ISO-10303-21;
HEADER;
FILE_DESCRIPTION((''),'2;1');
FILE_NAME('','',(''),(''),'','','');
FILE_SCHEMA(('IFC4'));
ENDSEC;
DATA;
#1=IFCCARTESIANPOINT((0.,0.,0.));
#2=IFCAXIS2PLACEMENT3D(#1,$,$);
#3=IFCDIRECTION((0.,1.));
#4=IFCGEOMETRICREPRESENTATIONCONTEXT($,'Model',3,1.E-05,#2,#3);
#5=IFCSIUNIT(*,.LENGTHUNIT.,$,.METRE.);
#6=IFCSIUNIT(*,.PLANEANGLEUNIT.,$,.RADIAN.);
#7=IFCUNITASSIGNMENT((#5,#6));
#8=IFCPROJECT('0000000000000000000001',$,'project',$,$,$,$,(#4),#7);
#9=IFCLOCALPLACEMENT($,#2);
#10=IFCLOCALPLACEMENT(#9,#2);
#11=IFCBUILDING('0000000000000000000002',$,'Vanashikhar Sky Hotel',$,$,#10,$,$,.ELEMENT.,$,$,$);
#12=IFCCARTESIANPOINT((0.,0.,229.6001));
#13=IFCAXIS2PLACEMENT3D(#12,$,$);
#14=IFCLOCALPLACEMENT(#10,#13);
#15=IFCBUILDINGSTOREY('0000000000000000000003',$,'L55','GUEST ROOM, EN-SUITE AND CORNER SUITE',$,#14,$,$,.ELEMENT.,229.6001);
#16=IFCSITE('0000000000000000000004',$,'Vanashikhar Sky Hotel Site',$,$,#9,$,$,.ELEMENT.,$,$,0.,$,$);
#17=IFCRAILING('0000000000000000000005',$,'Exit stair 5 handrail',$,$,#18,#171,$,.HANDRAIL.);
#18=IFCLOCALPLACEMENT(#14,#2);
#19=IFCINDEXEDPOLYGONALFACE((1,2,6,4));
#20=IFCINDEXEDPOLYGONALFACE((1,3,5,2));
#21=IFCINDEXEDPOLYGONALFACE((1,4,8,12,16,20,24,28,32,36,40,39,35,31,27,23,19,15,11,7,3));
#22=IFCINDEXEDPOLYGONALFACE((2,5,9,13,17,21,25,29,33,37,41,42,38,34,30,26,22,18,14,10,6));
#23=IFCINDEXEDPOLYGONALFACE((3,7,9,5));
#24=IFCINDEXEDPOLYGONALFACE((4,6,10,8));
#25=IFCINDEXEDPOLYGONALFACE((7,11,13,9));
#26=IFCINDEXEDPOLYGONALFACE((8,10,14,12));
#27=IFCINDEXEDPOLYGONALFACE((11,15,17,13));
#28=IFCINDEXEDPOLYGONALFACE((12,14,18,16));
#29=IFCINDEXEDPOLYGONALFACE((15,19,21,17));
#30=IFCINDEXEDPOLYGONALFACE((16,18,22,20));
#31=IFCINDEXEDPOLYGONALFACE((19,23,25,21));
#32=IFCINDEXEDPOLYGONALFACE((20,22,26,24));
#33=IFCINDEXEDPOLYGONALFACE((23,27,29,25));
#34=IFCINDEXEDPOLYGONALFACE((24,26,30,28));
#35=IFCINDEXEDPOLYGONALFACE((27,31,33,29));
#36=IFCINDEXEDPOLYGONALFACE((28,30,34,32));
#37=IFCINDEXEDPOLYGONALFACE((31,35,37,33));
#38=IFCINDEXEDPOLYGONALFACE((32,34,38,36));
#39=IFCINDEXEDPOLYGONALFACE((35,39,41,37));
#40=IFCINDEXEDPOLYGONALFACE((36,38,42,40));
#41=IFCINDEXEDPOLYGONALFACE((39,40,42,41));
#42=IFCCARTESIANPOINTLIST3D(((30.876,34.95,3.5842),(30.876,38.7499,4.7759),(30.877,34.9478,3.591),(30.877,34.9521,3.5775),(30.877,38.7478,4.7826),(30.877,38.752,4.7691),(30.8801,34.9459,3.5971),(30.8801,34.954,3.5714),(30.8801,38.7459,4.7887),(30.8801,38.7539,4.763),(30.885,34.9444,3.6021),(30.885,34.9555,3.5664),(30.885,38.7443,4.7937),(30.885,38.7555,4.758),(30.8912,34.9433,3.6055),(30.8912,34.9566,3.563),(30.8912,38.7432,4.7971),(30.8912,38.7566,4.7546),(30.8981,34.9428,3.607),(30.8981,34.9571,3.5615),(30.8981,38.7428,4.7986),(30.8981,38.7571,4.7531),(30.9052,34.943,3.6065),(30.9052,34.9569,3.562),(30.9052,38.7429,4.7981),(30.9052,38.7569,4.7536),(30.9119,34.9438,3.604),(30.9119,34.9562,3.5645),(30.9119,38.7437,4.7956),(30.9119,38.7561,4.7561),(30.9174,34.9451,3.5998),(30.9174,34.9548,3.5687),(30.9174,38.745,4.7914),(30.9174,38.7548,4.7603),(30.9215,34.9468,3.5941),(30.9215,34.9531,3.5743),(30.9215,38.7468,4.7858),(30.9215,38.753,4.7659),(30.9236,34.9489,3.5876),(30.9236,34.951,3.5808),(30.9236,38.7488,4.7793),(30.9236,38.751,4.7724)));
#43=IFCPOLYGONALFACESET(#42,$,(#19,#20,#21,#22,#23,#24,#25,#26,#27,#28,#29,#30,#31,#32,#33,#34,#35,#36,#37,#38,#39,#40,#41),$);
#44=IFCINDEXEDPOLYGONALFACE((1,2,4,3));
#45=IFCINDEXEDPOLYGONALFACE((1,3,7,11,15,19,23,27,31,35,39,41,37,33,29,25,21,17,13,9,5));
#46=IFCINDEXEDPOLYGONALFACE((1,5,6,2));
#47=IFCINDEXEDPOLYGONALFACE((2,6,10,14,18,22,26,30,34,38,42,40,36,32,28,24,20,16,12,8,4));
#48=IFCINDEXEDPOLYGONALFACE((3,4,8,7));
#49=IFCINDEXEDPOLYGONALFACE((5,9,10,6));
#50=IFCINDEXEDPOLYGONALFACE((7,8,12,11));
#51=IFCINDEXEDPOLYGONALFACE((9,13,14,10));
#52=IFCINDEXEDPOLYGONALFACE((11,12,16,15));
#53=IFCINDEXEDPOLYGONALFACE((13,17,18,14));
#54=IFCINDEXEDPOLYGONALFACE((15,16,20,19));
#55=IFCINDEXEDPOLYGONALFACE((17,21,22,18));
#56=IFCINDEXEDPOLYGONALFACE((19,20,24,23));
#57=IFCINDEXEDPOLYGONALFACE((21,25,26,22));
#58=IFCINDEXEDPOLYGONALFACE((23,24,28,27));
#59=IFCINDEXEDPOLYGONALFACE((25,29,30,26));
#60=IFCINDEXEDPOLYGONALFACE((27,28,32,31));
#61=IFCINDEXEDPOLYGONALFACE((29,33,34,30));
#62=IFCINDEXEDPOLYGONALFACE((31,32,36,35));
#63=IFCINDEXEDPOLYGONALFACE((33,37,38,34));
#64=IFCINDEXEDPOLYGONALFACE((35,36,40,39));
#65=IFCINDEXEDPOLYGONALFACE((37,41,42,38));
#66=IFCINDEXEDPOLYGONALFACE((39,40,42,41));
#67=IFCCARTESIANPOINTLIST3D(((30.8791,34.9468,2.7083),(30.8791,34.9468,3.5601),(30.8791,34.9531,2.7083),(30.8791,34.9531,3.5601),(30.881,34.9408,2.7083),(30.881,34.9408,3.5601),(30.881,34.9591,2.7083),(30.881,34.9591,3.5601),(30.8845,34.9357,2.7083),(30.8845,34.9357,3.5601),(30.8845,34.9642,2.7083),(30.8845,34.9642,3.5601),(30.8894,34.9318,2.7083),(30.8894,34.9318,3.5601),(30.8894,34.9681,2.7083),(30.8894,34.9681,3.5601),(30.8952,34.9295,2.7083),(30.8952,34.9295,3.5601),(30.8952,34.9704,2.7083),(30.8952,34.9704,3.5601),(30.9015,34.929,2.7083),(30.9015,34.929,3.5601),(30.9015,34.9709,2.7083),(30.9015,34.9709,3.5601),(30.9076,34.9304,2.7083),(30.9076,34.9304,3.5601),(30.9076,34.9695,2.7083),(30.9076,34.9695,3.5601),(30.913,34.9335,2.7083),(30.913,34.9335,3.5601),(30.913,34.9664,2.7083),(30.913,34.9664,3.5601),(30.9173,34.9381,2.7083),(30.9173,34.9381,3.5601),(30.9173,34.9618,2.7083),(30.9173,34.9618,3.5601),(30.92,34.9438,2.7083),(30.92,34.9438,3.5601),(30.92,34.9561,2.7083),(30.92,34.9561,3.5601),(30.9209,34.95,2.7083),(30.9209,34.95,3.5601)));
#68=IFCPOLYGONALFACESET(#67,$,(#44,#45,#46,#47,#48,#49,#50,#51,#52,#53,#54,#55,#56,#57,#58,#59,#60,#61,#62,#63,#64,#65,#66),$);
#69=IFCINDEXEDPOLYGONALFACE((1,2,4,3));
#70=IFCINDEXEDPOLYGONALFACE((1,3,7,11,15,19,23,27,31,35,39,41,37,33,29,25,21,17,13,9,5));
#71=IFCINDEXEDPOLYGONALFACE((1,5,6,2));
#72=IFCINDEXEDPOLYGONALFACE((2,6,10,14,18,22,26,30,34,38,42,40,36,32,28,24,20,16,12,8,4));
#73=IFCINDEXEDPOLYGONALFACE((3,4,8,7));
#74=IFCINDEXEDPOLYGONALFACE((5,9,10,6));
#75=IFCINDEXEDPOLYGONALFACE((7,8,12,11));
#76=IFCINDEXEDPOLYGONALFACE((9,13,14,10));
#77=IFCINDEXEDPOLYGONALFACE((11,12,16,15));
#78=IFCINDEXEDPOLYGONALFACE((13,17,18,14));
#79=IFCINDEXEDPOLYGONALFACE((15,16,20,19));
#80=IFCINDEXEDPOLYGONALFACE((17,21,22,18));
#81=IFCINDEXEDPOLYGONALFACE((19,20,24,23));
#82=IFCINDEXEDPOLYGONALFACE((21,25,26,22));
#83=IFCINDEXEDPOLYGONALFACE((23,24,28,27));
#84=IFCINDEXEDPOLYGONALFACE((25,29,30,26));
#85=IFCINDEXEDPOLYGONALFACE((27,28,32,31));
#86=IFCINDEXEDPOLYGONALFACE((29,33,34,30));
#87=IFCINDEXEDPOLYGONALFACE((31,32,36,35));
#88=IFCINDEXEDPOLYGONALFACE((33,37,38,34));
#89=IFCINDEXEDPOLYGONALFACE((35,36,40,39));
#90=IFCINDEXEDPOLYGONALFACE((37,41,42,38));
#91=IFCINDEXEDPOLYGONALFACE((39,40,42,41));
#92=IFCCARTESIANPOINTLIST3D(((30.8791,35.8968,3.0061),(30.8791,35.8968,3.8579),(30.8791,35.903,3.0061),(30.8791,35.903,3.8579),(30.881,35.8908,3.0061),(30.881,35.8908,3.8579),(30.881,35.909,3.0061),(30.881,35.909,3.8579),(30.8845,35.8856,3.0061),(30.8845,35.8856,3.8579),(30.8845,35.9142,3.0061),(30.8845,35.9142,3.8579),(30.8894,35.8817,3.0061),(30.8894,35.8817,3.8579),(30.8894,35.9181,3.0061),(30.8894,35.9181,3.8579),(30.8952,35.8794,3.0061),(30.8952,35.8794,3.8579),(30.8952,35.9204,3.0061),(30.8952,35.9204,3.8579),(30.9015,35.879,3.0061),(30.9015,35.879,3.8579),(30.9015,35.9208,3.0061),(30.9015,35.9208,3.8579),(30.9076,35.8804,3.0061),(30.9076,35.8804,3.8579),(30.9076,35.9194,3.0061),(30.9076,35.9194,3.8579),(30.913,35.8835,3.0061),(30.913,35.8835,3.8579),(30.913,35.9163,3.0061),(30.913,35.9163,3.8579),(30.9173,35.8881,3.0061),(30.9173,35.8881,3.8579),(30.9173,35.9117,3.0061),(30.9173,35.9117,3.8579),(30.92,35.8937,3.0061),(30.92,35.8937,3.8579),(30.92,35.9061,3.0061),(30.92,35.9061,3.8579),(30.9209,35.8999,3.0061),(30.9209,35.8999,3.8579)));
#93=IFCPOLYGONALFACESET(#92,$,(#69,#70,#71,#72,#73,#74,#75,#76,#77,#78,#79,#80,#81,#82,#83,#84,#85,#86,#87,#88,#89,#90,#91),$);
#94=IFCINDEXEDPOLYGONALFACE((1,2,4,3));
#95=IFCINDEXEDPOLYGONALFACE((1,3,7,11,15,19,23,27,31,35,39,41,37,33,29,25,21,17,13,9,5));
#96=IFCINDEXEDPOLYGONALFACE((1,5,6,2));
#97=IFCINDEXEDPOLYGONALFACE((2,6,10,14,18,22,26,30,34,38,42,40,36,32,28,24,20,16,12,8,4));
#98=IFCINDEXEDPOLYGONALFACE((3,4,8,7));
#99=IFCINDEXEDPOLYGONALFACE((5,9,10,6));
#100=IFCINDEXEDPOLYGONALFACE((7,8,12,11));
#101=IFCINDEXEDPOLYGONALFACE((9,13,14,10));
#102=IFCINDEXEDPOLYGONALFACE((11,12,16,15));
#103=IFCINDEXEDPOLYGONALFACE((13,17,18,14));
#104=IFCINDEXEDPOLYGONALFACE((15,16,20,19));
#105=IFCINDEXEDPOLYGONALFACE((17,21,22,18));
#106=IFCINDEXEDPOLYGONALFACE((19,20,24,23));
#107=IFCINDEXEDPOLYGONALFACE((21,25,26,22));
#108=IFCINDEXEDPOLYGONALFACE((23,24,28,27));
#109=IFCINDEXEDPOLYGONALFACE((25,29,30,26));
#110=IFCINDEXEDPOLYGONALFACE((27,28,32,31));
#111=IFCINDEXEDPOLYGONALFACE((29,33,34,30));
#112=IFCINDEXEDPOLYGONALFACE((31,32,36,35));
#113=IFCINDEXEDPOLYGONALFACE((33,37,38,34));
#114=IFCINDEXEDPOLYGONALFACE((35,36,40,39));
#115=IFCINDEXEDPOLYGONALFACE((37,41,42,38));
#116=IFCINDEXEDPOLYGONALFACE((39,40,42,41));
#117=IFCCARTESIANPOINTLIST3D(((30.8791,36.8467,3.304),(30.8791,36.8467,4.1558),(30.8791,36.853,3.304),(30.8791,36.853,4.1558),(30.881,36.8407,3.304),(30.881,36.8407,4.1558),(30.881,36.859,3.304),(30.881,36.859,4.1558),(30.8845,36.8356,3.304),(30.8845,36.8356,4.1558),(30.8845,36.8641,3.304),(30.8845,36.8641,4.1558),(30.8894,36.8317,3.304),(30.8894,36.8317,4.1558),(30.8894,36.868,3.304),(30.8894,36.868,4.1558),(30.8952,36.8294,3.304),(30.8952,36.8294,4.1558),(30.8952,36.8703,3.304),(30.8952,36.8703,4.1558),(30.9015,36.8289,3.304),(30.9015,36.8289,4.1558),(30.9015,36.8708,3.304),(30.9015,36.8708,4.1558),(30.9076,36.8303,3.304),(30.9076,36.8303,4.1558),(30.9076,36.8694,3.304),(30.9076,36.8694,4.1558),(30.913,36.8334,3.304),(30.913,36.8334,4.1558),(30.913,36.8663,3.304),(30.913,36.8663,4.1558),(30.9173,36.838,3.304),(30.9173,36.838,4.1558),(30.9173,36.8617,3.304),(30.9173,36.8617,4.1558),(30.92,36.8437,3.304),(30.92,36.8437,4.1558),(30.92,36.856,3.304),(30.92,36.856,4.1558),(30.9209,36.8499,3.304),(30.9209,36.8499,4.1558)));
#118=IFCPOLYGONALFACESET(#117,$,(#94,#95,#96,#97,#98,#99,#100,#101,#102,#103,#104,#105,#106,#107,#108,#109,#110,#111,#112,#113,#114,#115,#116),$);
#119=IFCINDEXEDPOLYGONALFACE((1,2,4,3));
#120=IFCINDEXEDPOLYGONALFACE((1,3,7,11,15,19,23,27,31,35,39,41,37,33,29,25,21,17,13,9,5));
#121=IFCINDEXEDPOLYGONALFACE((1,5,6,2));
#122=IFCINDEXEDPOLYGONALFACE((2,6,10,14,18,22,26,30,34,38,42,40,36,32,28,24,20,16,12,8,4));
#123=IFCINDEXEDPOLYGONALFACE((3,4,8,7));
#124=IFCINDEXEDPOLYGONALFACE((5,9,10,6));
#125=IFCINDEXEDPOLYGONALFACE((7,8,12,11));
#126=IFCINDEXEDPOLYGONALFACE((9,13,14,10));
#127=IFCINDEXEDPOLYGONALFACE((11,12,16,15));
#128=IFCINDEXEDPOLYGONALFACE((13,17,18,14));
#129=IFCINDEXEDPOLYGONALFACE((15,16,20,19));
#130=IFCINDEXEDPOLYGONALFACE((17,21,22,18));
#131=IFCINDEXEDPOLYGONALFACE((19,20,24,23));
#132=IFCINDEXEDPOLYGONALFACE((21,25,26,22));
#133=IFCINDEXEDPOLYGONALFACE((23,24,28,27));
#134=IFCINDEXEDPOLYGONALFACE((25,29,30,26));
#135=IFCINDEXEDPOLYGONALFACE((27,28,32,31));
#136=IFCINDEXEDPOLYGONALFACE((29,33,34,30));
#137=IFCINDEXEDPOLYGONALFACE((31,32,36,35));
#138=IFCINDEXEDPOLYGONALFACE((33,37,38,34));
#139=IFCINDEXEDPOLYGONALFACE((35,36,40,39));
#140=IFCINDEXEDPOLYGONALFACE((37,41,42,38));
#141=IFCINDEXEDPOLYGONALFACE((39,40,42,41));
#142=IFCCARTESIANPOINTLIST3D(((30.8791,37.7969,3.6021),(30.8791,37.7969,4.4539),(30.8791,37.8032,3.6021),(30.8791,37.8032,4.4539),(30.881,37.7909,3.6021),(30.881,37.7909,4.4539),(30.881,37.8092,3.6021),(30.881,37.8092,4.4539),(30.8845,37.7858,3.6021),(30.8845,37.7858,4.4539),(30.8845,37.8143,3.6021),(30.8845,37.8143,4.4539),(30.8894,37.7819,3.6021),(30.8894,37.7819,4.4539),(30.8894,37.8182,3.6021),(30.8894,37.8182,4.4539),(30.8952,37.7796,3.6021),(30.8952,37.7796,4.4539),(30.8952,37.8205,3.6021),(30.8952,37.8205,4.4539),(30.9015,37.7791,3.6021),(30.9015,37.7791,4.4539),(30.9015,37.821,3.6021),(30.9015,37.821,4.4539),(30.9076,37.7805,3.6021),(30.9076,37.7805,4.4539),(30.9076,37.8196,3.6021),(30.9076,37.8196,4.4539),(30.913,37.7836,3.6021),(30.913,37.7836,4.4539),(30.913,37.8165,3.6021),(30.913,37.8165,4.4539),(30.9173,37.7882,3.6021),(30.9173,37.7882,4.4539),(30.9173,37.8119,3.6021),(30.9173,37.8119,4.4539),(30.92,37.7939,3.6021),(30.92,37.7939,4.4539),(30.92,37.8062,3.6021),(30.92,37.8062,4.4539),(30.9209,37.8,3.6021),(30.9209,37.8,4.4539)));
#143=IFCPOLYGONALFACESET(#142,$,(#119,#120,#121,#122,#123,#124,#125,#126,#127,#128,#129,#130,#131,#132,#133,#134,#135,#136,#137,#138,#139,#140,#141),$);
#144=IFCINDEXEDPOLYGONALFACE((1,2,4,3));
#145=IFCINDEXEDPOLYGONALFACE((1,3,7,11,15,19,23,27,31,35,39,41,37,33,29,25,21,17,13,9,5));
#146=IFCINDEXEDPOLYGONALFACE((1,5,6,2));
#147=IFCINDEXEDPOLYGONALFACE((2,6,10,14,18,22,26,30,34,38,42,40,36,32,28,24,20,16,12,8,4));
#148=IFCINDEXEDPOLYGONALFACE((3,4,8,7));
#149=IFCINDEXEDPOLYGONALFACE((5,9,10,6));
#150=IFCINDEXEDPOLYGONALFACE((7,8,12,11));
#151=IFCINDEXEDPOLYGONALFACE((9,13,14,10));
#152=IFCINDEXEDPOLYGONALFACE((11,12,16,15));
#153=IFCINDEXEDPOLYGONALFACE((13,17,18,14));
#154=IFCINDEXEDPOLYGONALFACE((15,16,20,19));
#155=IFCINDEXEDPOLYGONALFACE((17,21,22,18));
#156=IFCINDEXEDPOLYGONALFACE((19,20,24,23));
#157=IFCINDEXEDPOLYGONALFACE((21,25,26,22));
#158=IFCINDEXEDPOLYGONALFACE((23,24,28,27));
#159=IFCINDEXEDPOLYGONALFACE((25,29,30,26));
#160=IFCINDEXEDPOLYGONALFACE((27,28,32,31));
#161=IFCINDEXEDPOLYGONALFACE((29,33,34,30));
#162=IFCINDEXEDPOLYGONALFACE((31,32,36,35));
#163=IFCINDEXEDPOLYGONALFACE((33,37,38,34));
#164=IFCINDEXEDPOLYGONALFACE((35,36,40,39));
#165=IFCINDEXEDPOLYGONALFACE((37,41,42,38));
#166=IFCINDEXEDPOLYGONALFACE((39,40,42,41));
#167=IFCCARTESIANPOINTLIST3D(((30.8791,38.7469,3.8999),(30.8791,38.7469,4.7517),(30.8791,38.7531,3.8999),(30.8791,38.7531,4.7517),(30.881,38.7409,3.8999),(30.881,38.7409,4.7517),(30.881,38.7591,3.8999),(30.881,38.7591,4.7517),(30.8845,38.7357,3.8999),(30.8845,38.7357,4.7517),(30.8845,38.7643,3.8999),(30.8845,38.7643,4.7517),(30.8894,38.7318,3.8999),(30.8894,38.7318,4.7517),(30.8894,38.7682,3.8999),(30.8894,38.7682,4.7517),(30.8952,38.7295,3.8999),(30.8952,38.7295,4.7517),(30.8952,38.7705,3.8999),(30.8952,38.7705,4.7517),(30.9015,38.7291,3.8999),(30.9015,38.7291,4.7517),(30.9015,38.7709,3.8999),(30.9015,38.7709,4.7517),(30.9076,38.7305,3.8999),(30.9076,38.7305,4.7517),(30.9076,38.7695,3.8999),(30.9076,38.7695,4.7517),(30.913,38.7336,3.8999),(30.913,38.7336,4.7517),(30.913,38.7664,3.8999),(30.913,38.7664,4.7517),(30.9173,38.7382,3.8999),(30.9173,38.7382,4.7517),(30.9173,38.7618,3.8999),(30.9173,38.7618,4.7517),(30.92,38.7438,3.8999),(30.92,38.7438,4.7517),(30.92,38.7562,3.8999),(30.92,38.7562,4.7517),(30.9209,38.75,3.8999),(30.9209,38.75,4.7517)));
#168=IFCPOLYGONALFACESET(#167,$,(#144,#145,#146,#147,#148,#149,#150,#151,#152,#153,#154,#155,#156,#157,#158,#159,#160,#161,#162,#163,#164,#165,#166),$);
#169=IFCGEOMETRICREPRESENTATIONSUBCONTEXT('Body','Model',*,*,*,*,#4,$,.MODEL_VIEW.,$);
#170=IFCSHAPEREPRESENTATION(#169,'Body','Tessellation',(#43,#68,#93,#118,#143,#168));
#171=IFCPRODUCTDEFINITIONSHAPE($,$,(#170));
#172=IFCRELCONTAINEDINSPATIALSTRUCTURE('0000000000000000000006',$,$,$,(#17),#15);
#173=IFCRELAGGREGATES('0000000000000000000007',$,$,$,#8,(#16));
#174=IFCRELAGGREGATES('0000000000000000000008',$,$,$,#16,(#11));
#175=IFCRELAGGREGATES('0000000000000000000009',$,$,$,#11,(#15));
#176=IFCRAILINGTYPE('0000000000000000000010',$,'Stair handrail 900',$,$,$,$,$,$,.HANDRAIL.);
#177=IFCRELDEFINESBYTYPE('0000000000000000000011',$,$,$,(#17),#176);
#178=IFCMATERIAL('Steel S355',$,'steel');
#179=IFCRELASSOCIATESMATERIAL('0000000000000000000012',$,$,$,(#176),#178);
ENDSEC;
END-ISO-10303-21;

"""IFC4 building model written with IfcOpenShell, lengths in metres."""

from ifc_helpers import new_model, si_unit, direction, frame, origin, origin_2d, place, context, subcontext, project, spatial, circle, extrude, source, transform, mapped, material, type_object, element, save


model = new_model("IFC4")

# Units and contexts
model_context = context("Model", 3, precision=1e-05, world=origin(), true_north=direction((0.0, 1.0)))
body_context = subcontext(model_context, "Body", "Model", "MODEL_VIEW")
ifc_project = project(units=[si_unit("LENGTHUNIT", "METRE"), si_unit("PLANEANGLEUNIT", "RADIAN")], contexts=[model_context])

# Site, building, storey
site_placement = place(None, origin())
site = spatial("IfcSite", under=ifc_project, at=site_placement, Name="Vanashikhar Sky Hotel Site", CompositionType="ELEMENT", RefElevation=0.0)
building_placement = place(site_placement, origin())
building = spatial("IfcBuilding", under=site, at=building_placement, Name="Vanashikhar Sky Hotel", CompositionType="ELEMENT")
storey_placement = place(building_placement, frame((0.0, 0.0, 229.6001)))
storey = spatial("IfcBuildingStorey", under=building, at=storey_placement, Name="L55", Description="GUEST ROOM, EN-SUITE AND CORNER SUITE", CompositionType="ELEMENT", Elevation=229.6001)

# Railing
ifc_material_1 = material(Name="Steel S355", Category="steel")
railing_type_1 = type_object("IfcRailingType", Name="Stair handrail 900", PredefinedType="HANDRAIL", material=ifc_material_1)
shared_shape_1 = source(origin(), body_context, "Body", "SweptSolid", [
    extrude(circle(Radius=0.0239, at=origin_2d()), frame((0.0, 0.0, 0.876), z_axis=(0.0, 0.954184, 0.299221), x_axis=(-1.0, 0.0, 0.0)), (0.0, 0.0, 1.0), 3.9824),
    extrude(circle(Radius=0.021, at=origin_2d()), origin(), (0.0, 0.0, 1.0), 0.8518),
    extrude(circle(Radius=0.021, at=origin_2d()), frame((0.0, 0.95, 0.2979)), (0.0, 0.0, 1.0), 0.8518),
    extrude(circle(Radius=0.021, at=origin_2d()), frame((0.0, 1.8999, 0.5957)), (0.0, 0.0, 1.0), 0.8518),
    extrude(circle(Radius=0.021, at=origin_2d()), frame((0.0, 2.8501, 0.8938)), (0.0, 0.0, 1.0), 0.8518),
    extrude(circle(Radius=0.021, at=origin_2d()), frame((0.0, 3.8, 1.1917)), (0.0, 0.0, 1.0), 0.8518),
])
for number, where, name in (
    (1, (30.8999, 34.95, 2.7083), "Exit stair 5 handrail"),
):
    element("IfcRailing", number, at=place(storey_placement, frame(where)), inside=storey, type_object=railing_type_1, Name=name, PredefinedType="HANDRAIL", context=body_context, shape_type="MappedRepresentation", body=[
        mapped(shared_shape_1, transform((0.0, 0.0, 0.0), scale=1.0)),
    ])

save(model, "model.ifc")
